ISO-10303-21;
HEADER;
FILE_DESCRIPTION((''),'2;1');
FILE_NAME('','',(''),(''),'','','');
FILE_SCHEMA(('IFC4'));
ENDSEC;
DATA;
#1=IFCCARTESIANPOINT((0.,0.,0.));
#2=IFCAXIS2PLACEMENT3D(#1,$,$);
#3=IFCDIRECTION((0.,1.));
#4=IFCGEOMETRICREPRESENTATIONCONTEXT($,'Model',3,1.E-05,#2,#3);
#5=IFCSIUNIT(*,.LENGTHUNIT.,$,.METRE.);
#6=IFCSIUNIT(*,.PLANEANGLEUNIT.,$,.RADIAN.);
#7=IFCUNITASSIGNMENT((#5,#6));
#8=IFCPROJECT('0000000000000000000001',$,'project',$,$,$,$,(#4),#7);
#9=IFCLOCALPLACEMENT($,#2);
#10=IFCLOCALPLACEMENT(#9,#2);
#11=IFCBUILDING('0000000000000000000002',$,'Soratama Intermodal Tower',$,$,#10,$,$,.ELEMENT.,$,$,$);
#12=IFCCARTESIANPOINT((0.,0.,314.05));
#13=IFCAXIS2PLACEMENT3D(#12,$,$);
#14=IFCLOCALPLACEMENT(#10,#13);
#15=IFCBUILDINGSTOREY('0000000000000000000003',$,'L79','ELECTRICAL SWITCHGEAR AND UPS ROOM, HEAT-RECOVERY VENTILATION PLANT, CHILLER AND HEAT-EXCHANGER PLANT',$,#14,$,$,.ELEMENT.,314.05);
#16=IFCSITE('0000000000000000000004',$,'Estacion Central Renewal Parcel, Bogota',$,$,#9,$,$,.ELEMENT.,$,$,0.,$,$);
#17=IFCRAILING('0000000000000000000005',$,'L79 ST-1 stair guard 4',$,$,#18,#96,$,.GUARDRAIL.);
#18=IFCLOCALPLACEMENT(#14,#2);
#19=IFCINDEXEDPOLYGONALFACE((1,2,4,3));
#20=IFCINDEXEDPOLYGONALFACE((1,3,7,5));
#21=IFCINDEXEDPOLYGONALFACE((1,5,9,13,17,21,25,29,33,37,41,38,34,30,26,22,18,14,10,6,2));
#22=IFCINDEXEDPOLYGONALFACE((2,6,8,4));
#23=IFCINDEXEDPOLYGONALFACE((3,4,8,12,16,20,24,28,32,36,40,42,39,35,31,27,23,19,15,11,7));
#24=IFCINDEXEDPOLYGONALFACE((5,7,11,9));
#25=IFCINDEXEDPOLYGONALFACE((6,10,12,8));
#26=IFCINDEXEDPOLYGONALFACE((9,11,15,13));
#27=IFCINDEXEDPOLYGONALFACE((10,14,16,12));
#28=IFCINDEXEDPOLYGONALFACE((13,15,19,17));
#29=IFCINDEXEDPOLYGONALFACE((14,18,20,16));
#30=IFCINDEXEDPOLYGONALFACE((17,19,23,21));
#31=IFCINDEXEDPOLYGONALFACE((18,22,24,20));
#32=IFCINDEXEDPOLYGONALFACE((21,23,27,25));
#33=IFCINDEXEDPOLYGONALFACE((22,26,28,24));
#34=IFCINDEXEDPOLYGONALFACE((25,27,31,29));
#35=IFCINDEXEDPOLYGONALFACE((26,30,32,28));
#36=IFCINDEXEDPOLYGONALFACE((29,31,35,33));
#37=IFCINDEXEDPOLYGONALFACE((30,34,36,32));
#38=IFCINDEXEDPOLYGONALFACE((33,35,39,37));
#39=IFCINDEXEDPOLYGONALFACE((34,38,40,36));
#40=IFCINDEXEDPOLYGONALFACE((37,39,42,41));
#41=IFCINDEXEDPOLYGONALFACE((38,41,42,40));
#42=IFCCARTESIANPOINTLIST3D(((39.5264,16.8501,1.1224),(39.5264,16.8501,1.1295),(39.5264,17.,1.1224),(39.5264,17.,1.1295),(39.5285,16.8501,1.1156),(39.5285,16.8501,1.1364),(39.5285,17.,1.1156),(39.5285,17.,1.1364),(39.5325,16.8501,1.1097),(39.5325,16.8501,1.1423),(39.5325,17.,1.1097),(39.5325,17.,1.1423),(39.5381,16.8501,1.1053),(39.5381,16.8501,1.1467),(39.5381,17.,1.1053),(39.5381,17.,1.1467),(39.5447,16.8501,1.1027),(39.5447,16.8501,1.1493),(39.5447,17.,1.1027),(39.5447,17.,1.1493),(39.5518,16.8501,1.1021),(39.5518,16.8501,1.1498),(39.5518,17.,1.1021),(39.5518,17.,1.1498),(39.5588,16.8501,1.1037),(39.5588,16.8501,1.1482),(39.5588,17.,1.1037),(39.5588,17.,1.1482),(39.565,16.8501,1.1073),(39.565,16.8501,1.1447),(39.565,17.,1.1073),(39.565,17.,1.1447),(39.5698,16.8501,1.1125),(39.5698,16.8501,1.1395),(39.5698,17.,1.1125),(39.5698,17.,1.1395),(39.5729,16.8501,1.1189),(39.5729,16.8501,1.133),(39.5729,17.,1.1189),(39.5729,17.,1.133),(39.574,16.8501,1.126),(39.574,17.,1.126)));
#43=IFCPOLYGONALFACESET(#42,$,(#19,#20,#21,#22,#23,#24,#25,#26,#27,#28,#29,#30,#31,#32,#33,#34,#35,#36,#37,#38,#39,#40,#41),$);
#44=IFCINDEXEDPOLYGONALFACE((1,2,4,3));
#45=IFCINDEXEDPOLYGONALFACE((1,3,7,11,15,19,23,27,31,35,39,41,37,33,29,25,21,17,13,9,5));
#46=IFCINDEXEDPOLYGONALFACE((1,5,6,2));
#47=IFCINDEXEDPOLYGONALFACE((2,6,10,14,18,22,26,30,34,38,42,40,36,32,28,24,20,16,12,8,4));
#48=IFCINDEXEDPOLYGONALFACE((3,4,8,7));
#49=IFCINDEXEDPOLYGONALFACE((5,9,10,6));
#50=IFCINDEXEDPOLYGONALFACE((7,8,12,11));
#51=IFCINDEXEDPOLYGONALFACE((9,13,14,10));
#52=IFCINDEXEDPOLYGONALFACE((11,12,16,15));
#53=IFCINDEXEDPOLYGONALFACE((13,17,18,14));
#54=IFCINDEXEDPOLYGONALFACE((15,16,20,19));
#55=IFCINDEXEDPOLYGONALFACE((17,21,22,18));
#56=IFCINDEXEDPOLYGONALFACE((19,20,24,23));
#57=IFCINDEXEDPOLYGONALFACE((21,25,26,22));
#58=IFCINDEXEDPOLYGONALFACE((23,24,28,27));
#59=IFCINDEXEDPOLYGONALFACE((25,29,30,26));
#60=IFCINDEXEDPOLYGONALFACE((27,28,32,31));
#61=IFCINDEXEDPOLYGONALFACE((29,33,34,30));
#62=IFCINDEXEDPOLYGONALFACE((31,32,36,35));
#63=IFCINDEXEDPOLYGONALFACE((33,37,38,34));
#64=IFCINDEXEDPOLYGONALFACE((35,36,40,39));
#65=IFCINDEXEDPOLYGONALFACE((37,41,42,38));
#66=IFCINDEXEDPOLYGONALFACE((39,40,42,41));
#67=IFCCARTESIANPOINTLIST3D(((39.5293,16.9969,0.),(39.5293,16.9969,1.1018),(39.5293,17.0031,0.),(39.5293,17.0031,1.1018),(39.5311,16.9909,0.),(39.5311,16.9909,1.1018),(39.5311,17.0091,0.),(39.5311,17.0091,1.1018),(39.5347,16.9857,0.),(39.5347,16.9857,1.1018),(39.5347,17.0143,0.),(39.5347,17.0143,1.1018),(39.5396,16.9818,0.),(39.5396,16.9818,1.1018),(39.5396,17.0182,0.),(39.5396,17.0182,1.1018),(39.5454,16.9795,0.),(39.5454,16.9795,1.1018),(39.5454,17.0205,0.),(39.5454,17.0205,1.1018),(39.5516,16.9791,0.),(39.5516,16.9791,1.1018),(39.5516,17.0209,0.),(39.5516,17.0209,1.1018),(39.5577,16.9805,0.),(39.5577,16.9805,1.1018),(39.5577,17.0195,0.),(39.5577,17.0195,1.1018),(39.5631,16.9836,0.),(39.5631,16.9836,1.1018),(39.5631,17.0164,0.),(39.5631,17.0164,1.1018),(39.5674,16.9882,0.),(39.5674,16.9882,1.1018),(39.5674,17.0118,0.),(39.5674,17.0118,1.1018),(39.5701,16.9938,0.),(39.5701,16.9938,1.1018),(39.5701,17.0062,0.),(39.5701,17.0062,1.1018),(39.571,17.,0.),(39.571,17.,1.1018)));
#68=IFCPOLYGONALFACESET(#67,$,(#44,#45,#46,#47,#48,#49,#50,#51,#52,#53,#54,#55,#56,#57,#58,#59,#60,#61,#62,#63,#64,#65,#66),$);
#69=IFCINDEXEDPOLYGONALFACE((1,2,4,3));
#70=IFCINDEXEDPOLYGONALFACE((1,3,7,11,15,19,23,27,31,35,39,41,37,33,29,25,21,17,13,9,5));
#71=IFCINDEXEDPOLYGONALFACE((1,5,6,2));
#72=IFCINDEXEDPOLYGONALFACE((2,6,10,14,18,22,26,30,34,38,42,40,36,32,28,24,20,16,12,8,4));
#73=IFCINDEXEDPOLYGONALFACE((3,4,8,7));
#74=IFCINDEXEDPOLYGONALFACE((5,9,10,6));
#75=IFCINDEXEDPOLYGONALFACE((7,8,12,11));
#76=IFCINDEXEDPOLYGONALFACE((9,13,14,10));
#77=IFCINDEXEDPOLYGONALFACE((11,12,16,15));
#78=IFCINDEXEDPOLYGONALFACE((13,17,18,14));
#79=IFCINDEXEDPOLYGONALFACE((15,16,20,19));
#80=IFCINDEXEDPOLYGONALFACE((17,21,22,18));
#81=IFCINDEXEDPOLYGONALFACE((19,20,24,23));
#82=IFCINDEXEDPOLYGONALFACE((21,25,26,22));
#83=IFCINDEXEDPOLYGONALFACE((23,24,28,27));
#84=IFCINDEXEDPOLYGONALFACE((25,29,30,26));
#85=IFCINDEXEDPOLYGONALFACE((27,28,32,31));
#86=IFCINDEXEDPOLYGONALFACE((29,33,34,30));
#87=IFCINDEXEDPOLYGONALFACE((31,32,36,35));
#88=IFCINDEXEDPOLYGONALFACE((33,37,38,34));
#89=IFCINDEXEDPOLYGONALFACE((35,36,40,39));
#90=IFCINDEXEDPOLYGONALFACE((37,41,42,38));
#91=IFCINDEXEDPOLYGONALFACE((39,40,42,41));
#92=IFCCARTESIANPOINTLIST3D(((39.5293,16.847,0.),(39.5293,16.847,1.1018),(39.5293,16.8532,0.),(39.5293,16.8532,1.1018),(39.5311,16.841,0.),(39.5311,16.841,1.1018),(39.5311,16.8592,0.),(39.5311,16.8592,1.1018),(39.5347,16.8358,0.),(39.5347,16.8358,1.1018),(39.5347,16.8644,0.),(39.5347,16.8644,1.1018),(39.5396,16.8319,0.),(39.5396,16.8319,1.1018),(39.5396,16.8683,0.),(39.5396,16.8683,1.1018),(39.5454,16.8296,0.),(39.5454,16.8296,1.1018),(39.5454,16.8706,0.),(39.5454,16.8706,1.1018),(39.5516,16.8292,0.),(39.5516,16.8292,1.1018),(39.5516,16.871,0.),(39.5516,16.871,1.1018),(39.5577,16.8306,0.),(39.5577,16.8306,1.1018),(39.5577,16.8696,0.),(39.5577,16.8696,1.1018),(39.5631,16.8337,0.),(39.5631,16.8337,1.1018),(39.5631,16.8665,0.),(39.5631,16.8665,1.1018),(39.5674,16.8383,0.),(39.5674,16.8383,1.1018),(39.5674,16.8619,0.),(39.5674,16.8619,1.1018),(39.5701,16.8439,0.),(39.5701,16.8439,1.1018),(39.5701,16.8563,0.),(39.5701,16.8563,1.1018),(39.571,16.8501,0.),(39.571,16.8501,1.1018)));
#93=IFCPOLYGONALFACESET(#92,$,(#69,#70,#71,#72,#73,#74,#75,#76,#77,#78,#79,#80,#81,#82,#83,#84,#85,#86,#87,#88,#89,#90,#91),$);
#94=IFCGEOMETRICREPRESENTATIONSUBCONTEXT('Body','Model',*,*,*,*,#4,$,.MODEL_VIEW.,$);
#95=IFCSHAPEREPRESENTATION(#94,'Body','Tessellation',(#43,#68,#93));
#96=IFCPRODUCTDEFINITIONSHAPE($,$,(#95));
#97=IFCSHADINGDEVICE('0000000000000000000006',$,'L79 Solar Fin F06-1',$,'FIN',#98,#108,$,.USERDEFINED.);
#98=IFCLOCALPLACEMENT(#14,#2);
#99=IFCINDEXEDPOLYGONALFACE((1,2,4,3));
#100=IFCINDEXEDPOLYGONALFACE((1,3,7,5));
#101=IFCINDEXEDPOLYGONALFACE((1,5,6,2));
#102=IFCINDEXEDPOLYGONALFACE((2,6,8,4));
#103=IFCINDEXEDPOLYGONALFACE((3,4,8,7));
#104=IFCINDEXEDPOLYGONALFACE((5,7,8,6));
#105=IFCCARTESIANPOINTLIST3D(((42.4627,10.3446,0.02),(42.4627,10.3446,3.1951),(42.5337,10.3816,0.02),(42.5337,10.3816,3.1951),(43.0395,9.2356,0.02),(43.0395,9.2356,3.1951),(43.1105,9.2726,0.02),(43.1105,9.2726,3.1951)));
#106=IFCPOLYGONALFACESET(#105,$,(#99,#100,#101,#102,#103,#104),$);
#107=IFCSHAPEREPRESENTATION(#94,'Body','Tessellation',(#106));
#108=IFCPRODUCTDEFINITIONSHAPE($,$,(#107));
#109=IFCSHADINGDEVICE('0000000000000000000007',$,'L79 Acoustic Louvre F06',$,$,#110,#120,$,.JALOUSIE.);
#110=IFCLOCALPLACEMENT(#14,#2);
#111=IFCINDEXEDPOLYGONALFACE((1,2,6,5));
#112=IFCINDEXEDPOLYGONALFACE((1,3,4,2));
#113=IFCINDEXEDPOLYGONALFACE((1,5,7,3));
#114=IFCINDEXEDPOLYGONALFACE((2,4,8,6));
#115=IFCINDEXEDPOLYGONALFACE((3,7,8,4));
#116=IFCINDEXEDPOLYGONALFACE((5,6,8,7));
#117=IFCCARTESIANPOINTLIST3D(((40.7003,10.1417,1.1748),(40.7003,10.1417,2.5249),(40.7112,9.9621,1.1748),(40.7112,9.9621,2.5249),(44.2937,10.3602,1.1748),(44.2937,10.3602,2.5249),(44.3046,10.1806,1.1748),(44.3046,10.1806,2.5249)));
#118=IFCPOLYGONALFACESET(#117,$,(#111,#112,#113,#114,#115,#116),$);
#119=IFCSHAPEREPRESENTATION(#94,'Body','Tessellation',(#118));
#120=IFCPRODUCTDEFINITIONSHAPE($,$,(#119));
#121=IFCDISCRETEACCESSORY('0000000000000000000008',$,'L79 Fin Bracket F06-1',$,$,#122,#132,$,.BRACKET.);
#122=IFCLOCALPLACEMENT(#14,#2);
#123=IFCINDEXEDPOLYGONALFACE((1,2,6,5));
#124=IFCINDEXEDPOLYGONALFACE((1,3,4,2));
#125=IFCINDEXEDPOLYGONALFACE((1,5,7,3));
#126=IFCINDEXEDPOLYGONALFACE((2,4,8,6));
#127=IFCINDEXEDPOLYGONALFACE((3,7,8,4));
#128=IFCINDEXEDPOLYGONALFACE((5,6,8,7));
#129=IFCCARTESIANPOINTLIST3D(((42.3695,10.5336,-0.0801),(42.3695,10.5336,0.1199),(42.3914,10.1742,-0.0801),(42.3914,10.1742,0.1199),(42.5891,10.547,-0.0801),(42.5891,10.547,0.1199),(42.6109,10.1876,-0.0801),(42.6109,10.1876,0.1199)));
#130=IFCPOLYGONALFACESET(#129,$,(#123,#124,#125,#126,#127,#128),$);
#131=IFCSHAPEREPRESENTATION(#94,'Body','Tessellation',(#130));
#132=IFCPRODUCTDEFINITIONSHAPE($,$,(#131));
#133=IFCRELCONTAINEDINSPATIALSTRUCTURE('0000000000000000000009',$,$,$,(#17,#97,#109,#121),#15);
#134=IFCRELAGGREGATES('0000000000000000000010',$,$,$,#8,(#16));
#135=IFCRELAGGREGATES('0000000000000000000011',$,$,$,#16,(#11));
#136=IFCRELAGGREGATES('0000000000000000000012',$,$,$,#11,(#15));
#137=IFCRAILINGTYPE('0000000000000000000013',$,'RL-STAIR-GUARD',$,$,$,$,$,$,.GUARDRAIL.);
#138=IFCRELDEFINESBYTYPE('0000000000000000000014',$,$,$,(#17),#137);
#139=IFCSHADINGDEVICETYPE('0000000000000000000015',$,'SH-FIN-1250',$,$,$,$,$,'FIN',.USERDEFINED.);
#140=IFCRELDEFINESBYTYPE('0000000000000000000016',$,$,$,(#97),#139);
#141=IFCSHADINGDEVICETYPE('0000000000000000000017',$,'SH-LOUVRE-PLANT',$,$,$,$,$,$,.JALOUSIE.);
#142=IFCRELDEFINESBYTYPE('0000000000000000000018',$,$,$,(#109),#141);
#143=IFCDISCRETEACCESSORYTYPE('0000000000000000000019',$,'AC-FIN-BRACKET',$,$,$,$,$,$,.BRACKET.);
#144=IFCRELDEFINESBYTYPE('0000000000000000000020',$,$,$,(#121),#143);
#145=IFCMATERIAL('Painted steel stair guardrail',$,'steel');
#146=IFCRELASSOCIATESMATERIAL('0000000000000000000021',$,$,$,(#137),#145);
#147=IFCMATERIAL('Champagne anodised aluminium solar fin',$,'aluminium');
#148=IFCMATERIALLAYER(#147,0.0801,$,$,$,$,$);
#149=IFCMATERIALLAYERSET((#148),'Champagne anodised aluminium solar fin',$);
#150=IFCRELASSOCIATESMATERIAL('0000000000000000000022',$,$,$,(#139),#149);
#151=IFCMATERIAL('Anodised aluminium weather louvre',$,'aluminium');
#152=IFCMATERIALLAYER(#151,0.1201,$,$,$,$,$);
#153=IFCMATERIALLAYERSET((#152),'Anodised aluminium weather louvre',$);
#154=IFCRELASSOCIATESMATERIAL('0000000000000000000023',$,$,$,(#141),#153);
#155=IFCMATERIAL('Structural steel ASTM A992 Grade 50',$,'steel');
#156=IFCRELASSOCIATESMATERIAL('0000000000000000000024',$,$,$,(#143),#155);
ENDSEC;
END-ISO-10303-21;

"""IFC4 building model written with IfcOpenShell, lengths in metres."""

from ifc_helpers import new_model, si_unit, direction, frame, origin, origin_2d, place, context, subcontext, project, spatial, rectangle, circle, extrude, material, layer, layer_set, type_object, element, save


model = new_model("IFC4")

# Units and contexts
model_context = context("Model", 3, precision=1e-05, world=origin(), true_north=direction((0.0, 1.0)))
body_context = subcontext(model_context, "Body", "Model", "MODEL_VIEW")
ifc_project = project(units=[si_unit("LENGTHUNIT", "METRE"), si_unit("PLANEANGLEUNIT", "RADIAN")], contexts=[model_context])

# Site, building, storey
site_placement = place(None, origin())
site = spatial("IfcSite", under=ifc_project, at=site_placement, Name="Estacion Central Renewal Parcel, Bogota", CompositionType="ELEMENT", RefElevation=0.0)
building_placement = place(site_placement, origin())
building = spatial("IfcBuilding", under=site, at=building_placement, Name="Soratama Intermodal Tower", CompositionType="ELEMENT")
storey_placement = place(building_placement, frame((0.0, 0.0, 314.05)))
storey = spatial("IfcBuildingStorey", under=building, at=storey_placement, Name="L79", Description="ELECTRICAL SWITCHGEAR AND UPS ROOM, HEAT-RECOVERY VENTILATION PLANT, CHILLER AND HEAT-EXCHANGER PLANT", CompositionType="ELEMENT", Elevation=314.05)

# Railing
ifc_material_1 = material(Name="Painted steel stair guardrail", Category="steel")
railing_type = type_object("IfcRailingType", Name="RL-STAIR-GUARD", PredefinedType="GUARDRAIL", material=ifc_material_1)
railing_placement = place(storey_placement, frame((39.55, 17.0, 0.0)))
element("IfcRailing", 1, at=railing_placement, inside=storey, type_object=railing_type, Name="L79 ST-1 stair guard 4", PredefinedType="GUARDRAIL", context=body_context, shape_type="SweptSolid", body=[
    extrude(circle(Radius=0.0239, at=origin_2d()), frame((0.0, 0.0, 1.126), z_axis=(0.0, -1.0, 0.0), x_axis=(1.0, 0.0, 0.0)), (0.0, 0.0, 1.0), 0.1499),
    extrude(circle(Radius=0.021, at=origin_2d()), origin(), (0.0, 0.0, 1.0), 1.1018),
    extrude(circle(Radius=0.021, at=origin_2d()), frame((0.0, -0.1499, 0.0)), (0.0, 0.0, 1.0), 1.1018),
])

# Shading devices
ifc_material_2 = material(Name="Champagne anodised aluminium solar fin", Category="aluminium")
ifc_layer_1 = layer(ifc_material_2, 0.0801)
ifc_layer_set_1 = layer_set([ifc_layer_1], Name="Champagne anodised aluminium solar fin")
shading_device_type_1 = type_object("IfcShadingDeviceType", Name="SH-FIN-1250", ElementType="FIN", PredefinedType="USERDEFINED", material=ifc_layer_set_1)
shading_device_1_placement = place(storey_placement, frame((42.7866, 9.8086, 0.02), z_axis=(0.0, 0.0, 1.0), x_axis=(0.461439, -0.887172, 0.0)))
element("IfcShadingDevice", 2, at=shading_device_1_placement, inside=storey, type_object=shading_device_type_1, Name="L79 Solar Fin F06-1", ObjectType="FIN", PredefinedType="USERDEFINED", context=body_context, shape_type="SweptSolid", body=[
    extrude(rectangle(XDim=1.25, YDim=0.0801, at=origin_2d()), origin(), (0.0, 0.0, 1.0), 3.175),
])
ifc_material_3 = material(Name="Anodised aluminium weather louvre", Category="aluminium")
ifc_layer_2 = layer(ifc_material_3, 0.1201)
ifc_layer_set_2 = layer_set([ifc_layer_2], Name="Anodised aluminium weather louvre")
shading_device_type_2 = type_object("IfcShadingDeviceType", Name="SH-LOUVRE-PLANT", PredefinedType="JALOUSIE", material=ifc_layer_set_2)
shading_device_2_placement = place(storey_placement, frame((42.5024, 10.1611, 1.1748), z_axis=(0.0, 0.0, 1.0), x_axis=(0.998156, 0.0607, 0.0)))
element("IfcShadingDevice", 3, at=shading_device_2_placement, inside=storey, type_object=shading_device_type_2, Name="L79 Acoustic Louvre F06", PredefinedType="JALOUSIE", context=body_context, shape_type="SweptSolid", body=[
    extrude(rectangle(XDim=3.6001, YDim=0.1799, at=origin_2d()), origin(), (0.0, 0.0, 1.0), 1.3501),
])

# Discrete accessory
ifc_material_4 = material(Name="Structural steel ASTM A992 Grade 50", Category="steel")
discrete_accessory_type = type_object("IfcDiscreteAccessoryType", Name="AC-FIN-BRACKET", PredefinedType="BRACKET", material=ifc_material_4)
discrete_accessory_placement = place(storey_placement, frame((42.4902, 10.3606, -0.0801), z_axis=(0.0, 0.0, 1.0), x_axis=(0.0607, -0.998156, 0.0)))
element("IfcDiscreteAccessory", 4, at=discrete_accessory_placement, inside=storey, type_object=discrete_accessory_type, Name="L79 Fin Bracket F06-1", PredefinedType="BRACKET", context=body_context, shape_type="SweptSolid", body=[
    extrude(rectangle(XDim=0.3601, YDim=0.22, at=origin_2d()), origin(), (0.0, 0.0, 1.0), 0.2),
])

save(model, "model.ifc")
